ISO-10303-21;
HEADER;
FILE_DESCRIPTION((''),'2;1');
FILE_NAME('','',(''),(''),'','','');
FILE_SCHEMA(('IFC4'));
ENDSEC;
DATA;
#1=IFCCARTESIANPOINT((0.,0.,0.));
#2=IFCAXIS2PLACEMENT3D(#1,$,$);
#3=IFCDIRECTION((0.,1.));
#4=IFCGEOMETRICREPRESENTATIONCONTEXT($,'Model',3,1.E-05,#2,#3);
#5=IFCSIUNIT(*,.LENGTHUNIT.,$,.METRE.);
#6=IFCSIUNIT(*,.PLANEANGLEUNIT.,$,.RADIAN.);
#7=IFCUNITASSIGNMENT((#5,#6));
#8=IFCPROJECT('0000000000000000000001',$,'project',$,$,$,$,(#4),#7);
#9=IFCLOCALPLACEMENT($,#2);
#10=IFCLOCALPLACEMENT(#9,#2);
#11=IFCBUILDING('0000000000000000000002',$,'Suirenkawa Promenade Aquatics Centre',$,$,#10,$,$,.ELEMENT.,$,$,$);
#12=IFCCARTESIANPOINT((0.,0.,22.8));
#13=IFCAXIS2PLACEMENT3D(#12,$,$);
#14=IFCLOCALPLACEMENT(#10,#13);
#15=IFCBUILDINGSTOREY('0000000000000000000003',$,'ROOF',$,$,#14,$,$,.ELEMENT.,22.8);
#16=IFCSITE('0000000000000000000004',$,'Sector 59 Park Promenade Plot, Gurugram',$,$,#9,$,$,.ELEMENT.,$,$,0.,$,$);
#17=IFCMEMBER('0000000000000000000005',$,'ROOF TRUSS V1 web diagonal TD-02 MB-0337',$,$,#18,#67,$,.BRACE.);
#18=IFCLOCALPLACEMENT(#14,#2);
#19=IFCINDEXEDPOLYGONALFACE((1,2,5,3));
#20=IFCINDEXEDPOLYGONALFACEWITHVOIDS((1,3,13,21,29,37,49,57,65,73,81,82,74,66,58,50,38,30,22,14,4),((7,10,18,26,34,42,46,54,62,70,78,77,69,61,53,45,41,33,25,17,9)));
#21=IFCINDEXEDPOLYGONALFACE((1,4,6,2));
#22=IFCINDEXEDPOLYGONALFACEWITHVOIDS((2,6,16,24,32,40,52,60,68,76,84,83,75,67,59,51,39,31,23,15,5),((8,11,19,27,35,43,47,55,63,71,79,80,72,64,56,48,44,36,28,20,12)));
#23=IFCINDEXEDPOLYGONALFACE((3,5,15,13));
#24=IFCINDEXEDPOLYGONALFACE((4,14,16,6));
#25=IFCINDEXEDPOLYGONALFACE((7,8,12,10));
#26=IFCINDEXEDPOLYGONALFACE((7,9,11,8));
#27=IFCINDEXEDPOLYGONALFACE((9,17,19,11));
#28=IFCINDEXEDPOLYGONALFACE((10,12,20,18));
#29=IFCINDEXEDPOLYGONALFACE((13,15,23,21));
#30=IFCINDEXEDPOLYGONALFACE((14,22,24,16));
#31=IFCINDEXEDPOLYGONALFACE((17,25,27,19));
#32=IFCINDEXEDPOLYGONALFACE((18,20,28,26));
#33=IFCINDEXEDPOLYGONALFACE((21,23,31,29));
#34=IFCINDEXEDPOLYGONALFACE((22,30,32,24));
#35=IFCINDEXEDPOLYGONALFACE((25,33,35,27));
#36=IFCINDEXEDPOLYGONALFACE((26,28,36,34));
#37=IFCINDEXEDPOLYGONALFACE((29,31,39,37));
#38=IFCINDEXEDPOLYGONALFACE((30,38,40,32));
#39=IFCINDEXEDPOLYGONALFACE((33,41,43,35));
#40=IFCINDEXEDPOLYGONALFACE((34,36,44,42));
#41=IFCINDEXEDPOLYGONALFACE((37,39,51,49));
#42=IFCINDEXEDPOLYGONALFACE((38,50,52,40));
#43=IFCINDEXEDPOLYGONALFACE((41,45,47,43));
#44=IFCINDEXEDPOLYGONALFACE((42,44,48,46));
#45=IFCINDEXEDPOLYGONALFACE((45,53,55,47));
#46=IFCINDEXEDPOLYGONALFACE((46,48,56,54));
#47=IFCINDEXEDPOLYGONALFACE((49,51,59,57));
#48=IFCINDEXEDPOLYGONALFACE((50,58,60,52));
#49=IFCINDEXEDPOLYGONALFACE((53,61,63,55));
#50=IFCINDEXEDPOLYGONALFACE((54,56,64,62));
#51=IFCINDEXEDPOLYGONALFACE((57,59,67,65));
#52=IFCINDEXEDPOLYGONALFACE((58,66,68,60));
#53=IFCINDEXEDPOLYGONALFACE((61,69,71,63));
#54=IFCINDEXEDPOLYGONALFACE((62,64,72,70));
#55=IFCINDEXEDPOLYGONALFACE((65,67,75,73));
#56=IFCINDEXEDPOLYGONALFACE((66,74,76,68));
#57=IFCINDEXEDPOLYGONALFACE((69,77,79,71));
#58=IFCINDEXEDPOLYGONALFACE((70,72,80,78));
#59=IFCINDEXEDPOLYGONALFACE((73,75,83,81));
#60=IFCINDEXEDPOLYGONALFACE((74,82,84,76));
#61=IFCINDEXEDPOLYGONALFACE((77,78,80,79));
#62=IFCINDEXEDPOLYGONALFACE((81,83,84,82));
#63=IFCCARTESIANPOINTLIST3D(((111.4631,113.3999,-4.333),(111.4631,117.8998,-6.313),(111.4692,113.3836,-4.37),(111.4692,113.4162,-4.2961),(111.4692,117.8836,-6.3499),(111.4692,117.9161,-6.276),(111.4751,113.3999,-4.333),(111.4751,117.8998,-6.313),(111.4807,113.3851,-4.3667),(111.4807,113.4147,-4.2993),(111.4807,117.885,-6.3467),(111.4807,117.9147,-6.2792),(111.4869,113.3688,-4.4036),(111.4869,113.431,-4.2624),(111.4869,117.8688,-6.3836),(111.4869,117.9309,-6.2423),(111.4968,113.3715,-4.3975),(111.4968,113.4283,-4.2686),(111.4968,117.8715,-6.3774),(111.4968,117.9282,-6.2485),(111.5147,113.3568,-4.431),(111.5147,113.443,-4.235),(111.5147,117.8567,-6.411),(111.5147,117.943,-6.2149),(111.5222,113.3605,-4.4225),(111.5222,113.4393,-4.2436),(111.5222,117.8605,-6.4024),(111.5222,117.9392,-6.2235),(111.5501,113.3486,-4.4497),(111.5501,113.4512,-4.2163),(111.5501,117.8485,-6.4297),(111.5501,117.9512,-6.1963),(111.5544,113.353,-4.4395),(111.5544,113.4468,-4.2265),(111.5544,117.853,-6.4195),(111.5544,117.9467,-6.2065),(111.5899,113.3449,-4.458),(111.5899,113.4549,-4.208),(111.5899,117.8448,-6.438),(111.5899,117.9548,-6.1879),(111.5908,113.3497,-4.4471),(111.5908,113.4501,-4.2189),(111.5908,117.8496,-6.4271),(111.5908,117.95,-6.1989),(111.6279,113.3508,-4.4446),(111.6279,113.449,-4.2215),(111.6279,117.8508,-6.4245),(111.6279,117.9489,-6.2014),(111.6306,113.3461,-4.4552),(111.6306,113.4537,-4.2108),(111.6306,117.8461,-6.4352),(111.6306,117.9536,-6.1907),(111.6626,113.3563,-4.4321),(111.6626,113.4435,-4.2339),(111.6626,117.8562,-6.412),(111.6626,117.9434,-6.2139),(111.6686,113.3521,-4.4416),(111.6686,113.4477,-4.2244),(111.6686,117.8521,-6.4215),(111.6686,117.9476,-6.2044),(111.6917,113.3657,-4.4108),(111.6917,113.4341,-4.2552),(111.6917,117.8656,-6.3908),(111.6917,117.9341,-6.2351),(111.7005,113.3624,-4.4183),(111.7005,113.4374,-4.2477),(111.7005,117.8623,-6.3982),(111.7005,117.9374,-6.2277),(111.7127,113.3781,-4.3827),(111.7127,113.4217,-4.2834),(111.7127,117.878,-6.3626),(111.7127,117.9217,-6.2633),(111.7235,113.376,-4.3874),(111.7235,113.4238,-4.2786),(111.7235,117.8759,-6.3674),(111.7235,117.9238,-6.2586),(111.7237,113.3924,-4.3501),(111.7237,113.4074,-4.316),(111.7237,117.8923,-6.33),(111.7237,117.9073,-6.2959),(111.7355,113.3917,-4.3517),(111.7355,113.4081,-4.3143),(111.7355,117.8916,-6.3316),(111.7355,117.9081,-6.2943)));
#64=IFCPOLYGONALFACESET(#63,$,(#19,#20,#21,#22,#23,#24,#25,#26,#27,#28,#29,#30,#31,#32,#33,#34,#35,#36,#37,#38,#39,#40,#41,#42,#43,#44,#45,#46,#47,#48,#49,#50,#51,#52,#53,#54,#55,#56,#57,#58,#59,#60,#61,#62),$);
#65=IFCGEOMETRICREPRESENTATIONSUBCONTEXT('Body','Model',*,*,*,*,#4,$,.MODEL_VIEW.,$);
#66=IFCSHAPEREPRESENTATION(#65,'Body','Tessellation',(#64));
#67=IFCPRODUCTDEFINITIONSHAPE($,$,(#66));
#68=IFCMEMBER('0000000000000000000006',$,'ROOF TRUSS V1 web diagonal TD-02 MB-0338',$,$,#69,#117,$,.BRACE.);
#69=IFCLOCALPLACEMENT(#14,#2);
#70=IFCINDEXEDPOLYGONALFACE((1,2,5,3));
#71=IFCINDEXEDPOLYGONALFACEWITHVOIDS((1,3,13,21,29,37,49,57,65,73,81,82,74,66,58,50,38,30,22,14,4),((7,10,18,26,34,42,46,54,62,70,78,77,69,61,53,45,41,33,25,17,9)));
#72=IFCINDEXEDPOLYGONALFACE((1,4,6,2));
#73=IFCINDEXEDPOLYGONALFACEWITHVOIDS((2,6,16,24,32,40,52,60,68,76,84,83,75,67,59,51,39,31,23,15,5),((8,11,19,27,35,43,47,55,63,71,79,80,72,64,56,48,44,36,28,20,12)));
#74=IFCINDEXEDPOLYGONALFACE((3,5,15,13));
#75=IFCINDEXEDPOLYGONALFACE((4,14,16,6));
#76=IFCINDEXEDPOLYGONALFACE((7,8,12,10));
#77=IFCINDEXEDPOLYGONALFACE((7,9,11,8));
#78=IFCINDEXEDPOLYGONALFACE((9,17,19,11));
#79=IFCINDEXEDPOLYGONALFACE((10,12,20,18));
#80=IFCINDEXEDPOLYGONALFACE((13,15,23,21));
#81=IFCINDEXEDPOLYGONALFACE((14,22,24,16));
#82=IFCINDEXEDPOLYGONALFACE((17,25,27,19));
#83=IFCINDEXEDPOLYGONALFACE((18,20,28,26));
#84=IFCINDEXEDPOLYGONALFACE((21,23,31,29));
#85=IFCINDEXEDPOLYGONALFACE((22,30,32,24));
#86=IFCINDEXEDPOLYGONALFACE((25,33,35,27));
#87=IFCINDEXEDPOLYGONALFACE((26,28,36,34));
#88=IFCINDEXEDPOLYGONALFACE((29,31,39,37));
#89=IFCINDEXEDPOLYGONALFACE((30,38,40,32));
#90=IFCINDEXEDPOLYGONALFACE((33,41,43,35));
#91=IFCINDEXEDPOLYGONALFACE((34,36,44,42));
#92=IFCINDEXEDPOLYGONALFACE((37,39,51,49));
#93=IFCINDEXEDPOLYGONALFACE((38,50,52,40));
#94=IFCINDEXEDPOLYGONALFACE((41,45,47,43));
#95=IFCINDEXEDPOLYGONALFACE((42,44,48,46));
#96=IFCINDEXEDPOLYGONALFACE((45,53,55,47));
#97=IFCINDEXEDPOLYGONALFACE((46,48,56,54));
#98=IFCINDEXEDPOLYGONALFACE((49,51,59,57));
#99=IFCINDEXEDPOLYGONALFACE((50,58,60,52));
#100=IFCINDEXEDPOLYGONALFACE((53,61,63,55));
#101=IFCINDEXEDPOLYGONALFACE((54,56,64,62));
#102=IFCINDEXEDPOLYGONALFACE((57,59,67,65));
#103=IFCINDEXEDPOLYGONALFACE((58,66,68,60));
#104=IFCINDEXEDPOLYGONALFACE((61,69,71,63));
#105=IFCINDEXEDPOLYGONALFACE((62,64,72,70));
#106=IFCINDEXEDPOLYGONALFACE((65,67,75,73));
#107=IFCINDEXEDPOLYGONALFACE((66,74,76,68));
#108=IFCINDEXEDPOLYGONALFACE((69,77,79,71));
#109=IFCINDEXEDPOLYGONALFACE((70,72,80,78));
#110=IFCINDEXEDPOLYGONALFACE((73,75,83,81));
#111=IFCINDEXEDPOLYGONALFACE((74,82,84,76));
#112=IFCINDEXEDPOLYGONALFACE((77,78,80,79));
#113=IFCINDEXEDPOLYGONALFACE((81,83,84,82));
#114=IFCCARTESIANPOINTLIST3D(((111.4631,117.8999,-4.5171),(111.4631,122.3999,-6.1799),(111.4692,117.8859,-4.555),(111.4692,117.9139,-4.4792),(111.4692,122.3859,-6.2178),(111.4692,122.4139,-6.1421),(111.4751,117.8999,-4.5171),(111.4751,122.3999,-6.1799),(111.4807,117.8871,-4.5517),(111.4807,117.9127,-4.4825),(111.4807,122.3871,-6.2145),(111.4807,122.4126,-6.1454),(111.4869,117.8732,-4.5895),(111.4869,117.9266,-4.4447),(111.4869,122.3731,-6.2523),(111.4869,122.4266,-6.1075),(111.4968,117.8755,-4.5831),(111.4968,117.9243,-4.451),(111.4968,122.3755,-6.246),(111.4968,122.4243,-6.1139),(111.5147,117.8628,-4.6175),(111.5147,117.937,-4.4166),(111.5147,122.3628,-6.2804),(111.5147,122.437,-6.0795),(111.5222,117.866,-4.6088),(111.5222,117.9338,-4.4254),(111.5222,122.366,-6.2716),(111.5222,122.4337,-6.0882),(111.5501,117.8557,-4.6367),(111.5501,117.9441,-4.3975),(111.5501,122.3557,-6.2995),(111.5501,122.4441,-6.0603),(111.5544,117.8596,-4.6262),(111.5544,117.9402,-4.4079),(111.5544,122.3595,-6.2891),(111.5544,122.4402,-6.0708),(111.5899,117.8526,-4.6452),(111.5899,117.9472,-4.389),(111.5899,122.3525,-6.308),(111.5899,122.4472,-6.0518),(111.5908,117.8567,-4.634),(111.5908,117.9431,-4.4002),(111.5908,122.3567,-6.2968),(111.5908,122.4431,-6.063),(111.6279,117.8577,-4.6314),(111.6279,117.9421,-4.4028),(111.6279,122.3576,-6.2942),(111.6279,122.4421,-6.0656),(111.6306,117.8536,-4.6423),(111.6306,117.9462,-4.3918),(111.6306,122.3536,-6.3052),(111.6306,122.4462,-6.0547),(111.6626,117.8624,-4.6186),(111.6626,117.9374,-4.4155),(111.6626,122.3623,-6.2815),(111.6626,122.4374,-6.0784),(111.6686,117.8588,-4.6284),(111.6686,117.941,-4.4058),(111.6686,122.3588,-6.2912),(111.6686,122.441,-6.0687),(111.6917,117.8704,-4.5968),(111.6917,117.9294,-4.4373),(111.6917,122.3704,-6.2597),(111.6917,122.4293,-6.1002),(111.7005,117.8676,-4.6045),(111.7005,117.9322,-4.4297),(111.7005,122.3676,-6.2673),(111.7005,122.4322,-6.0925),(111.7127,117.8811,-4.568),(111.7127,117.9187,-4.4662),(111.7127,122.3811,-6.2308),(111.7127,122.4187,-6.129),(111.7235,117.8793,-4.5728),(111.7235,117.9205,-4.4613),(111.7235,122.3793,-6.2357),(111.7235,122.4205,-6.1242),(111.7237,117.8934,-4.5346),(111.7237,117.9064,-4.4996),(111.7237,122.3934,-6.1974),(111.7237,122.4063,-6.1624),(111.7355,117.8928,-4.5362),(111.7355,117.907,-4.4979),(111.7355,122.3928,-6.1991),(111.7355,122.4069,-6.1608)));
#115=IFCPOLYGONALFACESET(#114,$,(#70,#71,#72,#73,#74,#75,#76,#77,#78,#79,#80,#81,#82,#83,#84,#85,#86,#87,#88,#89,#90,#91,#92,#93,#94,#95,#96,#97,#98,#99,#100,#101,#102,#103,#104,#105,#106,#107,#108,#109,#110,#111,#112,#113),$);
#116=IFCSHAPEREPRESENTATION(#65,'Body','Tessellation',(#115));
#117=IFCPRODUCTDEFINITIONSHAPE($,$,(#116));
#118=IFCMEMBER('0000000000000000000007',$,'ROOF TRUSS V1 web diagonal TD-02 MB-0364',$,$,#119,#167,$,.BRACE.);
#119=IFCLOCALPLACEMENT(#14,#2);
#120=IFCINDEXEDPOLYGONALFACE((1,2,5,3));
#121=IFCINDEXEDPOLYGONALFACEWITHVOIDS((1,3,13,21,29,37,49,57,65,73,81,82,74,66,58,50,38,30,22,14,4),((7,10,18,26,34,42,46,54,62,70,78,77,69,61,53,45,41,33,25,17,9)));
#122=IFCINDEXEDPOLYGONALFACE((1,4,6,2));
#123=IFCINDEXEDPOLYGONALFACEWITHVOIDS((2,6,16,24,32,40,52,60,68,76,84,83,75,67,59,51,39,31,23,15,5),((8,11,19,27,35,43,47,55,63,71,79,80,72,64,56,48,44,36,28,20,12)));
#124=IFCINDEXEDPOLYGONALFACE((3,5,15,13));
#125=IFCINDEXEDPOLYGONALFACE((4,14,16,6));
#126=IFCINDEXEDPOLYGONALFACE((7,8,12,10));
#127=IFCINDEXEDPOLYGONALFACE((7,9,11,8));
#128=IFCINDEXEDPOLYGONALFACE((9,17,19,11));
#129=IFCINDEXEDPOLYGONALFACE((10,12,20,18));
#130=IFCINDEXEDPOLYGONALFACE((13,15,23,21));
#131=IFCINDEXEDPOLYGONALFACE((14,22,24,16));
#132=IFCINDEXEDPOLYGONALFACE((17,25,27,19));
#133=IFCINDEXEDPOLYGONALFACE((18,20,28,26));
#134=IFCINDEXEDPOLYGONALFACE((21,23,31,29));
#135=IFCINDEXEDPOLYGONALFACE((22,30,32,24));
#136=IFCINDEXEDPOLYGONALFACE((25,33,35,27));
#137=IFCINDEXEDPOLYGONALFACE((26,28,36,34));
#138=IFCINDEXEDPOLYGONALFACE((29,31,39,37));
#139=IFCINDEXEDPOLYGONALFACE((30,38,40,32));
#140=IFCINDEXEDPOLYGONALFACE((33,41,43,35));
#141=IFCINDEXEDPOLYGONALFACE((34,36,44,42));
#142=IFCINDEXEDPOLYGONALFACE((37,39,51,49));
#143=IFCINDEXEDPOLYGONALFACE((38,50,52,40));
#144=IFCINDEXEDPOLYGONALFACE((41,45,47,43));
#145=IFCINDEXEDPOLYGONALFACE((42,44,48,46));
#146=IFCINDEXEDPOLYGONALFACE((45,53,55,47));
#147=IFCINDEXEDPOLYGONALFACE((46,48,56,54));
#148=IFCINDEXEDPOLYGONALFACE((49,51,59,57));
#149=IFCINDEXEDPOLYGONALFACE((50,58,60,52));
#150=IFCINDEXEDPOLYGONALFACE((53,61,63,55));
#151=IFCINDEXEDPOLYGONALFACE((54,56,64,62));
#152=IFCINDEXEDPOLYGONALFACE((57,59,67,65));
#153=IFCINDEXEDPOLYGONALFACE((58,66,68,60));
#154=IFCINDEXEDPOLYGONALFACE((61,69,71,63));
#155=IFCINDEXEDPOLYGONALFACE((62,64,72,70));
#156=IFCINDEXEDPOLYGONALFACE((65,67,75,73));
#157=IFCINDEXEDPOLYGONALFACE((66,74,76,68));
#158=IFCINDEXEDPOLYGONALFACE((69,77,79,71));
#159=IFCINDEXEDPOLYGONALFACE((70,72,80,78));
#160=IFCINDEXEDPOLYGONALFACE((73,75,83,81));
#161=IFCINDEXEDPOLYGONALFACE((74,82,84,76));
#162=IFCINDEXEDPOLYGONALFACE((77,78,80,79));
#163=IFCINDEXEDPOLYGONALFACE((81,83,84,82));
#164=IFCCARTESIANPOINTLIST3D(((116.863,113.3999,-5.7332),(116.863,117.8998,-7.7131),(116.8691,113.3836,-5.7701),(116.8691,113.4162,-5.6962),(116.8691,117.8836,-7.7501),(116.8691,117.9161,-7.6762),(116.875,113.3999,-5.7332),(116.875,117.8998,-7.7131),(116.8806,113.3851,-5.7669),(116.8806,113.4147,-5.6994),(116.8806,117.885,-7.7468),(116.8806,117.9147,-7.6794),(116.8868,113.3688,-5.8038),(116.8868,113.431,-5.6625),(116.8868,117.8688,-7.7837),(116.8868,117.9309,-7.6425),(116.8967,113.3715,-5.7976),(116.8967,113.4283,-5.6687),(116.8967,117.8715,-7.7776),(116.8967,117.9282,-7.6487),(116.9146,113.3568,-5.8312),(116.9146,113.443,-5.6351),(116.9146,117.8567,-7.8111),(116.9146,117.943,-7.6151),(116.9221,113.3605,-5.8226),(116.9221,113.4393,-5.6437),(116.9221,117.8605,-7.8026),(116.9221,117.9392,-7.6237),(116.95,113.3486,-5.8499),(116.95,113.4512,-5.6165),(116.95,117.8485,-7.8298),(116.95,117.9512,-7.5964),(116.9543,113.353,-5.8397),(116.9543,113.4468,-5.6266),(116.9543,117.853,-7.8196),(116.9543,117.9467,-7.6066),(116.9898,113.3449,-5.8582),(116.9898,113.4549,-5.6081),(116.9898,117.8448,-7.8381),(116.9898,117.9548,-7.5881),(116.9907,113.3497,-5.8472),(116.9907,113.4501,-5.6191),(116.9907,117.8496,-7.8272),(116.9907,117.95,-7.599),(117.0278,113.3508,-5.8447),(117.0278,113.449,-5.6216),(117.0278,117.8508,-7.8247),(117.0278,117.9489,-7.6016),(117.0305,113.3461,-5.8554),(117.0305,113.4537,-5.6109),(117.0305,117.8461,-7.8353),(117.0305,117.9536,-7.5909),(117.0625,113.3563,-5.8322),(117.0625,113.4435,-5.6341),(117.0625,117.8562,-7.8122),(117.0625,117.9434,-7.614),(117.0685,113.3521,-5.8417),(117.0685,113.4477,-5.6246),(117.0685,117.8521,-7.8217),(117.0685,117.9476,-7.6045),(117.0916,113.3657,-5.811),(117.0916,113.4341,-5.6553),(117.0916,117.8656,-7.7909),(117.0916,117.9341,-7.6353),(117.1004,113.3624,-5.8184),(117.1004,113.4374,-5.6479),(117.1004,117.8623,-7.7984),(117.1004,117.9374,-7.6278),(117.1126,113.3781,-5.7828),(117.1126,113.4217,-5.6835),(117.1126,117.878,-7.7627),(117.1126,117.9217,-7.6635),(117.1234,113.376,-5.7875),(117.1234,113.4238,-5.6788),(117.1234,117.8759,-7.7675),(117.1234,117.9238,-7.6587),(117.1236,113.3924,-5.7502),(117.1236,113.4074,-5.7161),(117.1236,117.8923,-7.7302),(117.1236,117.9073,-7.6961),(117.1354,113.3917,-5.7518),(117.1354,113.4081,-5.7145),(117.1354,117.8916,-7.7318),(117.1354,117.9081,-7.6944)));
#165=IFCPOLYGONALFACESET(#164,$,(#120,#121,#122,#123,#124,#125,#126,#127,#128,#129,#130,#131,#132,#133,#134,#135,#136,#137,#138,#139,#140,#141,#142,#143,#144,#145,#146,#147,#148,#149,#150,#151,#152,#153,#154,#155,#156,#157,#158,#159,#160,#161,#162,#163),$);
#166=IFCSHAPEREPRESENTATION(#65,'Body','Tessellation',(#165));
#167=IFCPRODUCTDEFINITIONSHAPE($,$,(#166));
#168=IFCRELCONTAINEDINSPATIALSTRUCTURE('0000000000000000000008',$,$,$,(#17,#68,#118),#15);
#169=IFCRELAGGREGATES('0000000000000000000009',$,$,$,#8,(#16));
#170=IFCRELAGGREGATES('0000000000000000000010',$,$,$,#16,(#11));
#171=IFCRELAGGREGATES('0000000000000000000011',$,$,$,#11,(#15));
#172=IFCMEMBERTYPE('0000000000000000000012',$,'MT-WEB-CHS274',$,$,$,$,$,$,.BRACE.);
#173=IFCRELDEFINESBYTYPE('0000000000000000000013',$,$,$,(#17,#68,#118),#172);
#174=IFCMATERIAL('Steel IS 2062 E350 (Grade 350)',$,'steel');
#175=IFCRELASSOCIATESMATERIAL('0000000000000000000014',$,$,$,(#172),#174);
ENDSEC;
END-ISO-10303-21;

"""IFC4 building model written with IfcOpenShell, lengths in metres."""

from ifc_helpers import new_model, si_unit, direction, frame, origin, origin_2d, place, context, subcontext, project, spatial, hollow_circle, extrude, material, material_profile, profile_set, type_object, element, save


model = new_model("IFC4")

# Units and contexts
model_context = context("Model", 3, precision=1e-05, world=origin(), true_north=direction((0.0, 1.0)))
body_context = subcontext(model_context, "Body", "Model", "MODEL_VIEW")
ifc_project = project(units=[si_unit("LENGTHUNIT", "METRE"), si_unit("PLANEANGLEUNIT", "RADIAN")], contexts=[model_context])

# Site, building, storey
site_placement = place(None, origin())
site = spatial("IfcSite", under=ifc_project, at=site_placement, Name="Sector 59 Park Promenade Plot, Gurugram", CompositionType="ELEMENT", RefElevation=0.0)
building_placement = place(site_placement, origin())
building = spatial("IfcBuilding", under=site, at=building_placement, Name="Suirenkawa Promenade Aquatics Centre", CompositionType="ELEMENT")
storey_placement = place(building_placement, frame((0.0, 0.0, 22.8)))
storey = spatial("IfcBuildingStorey", under=building, at=storey_placement, Name="ROOF", CompositionType="ELEMENT", Elevation=22.8)

# Shared definitions
ifc_material = material(Name="Steel IS 2062 E350 (Grade 350)", Category="steel")

# Members
ifc_material_profile_1 = material_profile(ifc_material, hollow_circle(Radius=0.137, WallThickness=0.012, at=origin_2d()), Name="CHS 274x12", Category="steel")
ifc_profile_set_1 = profile_set([ifc_material_profile_1], Name="Steel IS 2062 E350 (Grade 350)")
member_type_1 = type_object("IfcMemberType", Name="MT-WEB-CHS274", PredefinedType="BRACE", material=ifc_profile_set_1)
member_1_placement = place(storey_placement, frame((111.6001, 113.3999, -4.333), z_axis=(0.0, 0.915316, -0.402735), x_axis=(-1.0, 0.0, 0.0)))
element("IfcMember", 1, at=member_1_placement, inside=storey, type_object=member_type_1, Name="ROOF TRUSS V1 web diagonal TD-02 MB-0337", PredefinedType="BRACE", context=body_context, shape_type="SweptSolid", body=[
    extrude(hollow_circle(Radius=0.137, WallThickness=0.012, at=origin_2d()), origin(), (0.0, 0.0, 1.0), 4.9163),
])
member_2_placement = place(storey_placement, frame((111.6001, 117.8999, -4.5171), z_axis=(0.0, 0.938008, -0.346613), x_axis=(-1.0, 0.0, 0.0)))
element("IfcMember", 2, at=member_2_placement, inside=storey, type_object=member_type_1, Name="ROOF TRUSS V1 web diagonal TD-02 MB-0338", PredefinedType="BRACE", context=body_context, shape_type="SweptSolid", body=[
    extrude(hollow_circle(Radius=0.137, WallThickness=0.012, at=origin_2d()), origin(), (0.0, 0.0, 1.0), 4.7974),
])
member_3_placement = place(storey_placement, frame((117.0, 113.3999, -5.7332), z_axis=(0.0, 0.915316, -0.402735), x_axis=(-1.0, 0.0, 0.0)))
element("IfcMember", 3, at=member_3_placement, inside=storey, type_object=member_type_1, Name="ROOF TRUSS V1 web diagonal TD-02 MB-0364", PredefinedType="BRACE", context=body_context, shape_type="SweptSolid", body=[
    extrude(hollow_circle(Radius=0.137, WallThickness=0.012, at=origin_2d()), origin(), (0.0, 0.0, 1.0), 4.9163),
])

save(model, "model.ifc")
